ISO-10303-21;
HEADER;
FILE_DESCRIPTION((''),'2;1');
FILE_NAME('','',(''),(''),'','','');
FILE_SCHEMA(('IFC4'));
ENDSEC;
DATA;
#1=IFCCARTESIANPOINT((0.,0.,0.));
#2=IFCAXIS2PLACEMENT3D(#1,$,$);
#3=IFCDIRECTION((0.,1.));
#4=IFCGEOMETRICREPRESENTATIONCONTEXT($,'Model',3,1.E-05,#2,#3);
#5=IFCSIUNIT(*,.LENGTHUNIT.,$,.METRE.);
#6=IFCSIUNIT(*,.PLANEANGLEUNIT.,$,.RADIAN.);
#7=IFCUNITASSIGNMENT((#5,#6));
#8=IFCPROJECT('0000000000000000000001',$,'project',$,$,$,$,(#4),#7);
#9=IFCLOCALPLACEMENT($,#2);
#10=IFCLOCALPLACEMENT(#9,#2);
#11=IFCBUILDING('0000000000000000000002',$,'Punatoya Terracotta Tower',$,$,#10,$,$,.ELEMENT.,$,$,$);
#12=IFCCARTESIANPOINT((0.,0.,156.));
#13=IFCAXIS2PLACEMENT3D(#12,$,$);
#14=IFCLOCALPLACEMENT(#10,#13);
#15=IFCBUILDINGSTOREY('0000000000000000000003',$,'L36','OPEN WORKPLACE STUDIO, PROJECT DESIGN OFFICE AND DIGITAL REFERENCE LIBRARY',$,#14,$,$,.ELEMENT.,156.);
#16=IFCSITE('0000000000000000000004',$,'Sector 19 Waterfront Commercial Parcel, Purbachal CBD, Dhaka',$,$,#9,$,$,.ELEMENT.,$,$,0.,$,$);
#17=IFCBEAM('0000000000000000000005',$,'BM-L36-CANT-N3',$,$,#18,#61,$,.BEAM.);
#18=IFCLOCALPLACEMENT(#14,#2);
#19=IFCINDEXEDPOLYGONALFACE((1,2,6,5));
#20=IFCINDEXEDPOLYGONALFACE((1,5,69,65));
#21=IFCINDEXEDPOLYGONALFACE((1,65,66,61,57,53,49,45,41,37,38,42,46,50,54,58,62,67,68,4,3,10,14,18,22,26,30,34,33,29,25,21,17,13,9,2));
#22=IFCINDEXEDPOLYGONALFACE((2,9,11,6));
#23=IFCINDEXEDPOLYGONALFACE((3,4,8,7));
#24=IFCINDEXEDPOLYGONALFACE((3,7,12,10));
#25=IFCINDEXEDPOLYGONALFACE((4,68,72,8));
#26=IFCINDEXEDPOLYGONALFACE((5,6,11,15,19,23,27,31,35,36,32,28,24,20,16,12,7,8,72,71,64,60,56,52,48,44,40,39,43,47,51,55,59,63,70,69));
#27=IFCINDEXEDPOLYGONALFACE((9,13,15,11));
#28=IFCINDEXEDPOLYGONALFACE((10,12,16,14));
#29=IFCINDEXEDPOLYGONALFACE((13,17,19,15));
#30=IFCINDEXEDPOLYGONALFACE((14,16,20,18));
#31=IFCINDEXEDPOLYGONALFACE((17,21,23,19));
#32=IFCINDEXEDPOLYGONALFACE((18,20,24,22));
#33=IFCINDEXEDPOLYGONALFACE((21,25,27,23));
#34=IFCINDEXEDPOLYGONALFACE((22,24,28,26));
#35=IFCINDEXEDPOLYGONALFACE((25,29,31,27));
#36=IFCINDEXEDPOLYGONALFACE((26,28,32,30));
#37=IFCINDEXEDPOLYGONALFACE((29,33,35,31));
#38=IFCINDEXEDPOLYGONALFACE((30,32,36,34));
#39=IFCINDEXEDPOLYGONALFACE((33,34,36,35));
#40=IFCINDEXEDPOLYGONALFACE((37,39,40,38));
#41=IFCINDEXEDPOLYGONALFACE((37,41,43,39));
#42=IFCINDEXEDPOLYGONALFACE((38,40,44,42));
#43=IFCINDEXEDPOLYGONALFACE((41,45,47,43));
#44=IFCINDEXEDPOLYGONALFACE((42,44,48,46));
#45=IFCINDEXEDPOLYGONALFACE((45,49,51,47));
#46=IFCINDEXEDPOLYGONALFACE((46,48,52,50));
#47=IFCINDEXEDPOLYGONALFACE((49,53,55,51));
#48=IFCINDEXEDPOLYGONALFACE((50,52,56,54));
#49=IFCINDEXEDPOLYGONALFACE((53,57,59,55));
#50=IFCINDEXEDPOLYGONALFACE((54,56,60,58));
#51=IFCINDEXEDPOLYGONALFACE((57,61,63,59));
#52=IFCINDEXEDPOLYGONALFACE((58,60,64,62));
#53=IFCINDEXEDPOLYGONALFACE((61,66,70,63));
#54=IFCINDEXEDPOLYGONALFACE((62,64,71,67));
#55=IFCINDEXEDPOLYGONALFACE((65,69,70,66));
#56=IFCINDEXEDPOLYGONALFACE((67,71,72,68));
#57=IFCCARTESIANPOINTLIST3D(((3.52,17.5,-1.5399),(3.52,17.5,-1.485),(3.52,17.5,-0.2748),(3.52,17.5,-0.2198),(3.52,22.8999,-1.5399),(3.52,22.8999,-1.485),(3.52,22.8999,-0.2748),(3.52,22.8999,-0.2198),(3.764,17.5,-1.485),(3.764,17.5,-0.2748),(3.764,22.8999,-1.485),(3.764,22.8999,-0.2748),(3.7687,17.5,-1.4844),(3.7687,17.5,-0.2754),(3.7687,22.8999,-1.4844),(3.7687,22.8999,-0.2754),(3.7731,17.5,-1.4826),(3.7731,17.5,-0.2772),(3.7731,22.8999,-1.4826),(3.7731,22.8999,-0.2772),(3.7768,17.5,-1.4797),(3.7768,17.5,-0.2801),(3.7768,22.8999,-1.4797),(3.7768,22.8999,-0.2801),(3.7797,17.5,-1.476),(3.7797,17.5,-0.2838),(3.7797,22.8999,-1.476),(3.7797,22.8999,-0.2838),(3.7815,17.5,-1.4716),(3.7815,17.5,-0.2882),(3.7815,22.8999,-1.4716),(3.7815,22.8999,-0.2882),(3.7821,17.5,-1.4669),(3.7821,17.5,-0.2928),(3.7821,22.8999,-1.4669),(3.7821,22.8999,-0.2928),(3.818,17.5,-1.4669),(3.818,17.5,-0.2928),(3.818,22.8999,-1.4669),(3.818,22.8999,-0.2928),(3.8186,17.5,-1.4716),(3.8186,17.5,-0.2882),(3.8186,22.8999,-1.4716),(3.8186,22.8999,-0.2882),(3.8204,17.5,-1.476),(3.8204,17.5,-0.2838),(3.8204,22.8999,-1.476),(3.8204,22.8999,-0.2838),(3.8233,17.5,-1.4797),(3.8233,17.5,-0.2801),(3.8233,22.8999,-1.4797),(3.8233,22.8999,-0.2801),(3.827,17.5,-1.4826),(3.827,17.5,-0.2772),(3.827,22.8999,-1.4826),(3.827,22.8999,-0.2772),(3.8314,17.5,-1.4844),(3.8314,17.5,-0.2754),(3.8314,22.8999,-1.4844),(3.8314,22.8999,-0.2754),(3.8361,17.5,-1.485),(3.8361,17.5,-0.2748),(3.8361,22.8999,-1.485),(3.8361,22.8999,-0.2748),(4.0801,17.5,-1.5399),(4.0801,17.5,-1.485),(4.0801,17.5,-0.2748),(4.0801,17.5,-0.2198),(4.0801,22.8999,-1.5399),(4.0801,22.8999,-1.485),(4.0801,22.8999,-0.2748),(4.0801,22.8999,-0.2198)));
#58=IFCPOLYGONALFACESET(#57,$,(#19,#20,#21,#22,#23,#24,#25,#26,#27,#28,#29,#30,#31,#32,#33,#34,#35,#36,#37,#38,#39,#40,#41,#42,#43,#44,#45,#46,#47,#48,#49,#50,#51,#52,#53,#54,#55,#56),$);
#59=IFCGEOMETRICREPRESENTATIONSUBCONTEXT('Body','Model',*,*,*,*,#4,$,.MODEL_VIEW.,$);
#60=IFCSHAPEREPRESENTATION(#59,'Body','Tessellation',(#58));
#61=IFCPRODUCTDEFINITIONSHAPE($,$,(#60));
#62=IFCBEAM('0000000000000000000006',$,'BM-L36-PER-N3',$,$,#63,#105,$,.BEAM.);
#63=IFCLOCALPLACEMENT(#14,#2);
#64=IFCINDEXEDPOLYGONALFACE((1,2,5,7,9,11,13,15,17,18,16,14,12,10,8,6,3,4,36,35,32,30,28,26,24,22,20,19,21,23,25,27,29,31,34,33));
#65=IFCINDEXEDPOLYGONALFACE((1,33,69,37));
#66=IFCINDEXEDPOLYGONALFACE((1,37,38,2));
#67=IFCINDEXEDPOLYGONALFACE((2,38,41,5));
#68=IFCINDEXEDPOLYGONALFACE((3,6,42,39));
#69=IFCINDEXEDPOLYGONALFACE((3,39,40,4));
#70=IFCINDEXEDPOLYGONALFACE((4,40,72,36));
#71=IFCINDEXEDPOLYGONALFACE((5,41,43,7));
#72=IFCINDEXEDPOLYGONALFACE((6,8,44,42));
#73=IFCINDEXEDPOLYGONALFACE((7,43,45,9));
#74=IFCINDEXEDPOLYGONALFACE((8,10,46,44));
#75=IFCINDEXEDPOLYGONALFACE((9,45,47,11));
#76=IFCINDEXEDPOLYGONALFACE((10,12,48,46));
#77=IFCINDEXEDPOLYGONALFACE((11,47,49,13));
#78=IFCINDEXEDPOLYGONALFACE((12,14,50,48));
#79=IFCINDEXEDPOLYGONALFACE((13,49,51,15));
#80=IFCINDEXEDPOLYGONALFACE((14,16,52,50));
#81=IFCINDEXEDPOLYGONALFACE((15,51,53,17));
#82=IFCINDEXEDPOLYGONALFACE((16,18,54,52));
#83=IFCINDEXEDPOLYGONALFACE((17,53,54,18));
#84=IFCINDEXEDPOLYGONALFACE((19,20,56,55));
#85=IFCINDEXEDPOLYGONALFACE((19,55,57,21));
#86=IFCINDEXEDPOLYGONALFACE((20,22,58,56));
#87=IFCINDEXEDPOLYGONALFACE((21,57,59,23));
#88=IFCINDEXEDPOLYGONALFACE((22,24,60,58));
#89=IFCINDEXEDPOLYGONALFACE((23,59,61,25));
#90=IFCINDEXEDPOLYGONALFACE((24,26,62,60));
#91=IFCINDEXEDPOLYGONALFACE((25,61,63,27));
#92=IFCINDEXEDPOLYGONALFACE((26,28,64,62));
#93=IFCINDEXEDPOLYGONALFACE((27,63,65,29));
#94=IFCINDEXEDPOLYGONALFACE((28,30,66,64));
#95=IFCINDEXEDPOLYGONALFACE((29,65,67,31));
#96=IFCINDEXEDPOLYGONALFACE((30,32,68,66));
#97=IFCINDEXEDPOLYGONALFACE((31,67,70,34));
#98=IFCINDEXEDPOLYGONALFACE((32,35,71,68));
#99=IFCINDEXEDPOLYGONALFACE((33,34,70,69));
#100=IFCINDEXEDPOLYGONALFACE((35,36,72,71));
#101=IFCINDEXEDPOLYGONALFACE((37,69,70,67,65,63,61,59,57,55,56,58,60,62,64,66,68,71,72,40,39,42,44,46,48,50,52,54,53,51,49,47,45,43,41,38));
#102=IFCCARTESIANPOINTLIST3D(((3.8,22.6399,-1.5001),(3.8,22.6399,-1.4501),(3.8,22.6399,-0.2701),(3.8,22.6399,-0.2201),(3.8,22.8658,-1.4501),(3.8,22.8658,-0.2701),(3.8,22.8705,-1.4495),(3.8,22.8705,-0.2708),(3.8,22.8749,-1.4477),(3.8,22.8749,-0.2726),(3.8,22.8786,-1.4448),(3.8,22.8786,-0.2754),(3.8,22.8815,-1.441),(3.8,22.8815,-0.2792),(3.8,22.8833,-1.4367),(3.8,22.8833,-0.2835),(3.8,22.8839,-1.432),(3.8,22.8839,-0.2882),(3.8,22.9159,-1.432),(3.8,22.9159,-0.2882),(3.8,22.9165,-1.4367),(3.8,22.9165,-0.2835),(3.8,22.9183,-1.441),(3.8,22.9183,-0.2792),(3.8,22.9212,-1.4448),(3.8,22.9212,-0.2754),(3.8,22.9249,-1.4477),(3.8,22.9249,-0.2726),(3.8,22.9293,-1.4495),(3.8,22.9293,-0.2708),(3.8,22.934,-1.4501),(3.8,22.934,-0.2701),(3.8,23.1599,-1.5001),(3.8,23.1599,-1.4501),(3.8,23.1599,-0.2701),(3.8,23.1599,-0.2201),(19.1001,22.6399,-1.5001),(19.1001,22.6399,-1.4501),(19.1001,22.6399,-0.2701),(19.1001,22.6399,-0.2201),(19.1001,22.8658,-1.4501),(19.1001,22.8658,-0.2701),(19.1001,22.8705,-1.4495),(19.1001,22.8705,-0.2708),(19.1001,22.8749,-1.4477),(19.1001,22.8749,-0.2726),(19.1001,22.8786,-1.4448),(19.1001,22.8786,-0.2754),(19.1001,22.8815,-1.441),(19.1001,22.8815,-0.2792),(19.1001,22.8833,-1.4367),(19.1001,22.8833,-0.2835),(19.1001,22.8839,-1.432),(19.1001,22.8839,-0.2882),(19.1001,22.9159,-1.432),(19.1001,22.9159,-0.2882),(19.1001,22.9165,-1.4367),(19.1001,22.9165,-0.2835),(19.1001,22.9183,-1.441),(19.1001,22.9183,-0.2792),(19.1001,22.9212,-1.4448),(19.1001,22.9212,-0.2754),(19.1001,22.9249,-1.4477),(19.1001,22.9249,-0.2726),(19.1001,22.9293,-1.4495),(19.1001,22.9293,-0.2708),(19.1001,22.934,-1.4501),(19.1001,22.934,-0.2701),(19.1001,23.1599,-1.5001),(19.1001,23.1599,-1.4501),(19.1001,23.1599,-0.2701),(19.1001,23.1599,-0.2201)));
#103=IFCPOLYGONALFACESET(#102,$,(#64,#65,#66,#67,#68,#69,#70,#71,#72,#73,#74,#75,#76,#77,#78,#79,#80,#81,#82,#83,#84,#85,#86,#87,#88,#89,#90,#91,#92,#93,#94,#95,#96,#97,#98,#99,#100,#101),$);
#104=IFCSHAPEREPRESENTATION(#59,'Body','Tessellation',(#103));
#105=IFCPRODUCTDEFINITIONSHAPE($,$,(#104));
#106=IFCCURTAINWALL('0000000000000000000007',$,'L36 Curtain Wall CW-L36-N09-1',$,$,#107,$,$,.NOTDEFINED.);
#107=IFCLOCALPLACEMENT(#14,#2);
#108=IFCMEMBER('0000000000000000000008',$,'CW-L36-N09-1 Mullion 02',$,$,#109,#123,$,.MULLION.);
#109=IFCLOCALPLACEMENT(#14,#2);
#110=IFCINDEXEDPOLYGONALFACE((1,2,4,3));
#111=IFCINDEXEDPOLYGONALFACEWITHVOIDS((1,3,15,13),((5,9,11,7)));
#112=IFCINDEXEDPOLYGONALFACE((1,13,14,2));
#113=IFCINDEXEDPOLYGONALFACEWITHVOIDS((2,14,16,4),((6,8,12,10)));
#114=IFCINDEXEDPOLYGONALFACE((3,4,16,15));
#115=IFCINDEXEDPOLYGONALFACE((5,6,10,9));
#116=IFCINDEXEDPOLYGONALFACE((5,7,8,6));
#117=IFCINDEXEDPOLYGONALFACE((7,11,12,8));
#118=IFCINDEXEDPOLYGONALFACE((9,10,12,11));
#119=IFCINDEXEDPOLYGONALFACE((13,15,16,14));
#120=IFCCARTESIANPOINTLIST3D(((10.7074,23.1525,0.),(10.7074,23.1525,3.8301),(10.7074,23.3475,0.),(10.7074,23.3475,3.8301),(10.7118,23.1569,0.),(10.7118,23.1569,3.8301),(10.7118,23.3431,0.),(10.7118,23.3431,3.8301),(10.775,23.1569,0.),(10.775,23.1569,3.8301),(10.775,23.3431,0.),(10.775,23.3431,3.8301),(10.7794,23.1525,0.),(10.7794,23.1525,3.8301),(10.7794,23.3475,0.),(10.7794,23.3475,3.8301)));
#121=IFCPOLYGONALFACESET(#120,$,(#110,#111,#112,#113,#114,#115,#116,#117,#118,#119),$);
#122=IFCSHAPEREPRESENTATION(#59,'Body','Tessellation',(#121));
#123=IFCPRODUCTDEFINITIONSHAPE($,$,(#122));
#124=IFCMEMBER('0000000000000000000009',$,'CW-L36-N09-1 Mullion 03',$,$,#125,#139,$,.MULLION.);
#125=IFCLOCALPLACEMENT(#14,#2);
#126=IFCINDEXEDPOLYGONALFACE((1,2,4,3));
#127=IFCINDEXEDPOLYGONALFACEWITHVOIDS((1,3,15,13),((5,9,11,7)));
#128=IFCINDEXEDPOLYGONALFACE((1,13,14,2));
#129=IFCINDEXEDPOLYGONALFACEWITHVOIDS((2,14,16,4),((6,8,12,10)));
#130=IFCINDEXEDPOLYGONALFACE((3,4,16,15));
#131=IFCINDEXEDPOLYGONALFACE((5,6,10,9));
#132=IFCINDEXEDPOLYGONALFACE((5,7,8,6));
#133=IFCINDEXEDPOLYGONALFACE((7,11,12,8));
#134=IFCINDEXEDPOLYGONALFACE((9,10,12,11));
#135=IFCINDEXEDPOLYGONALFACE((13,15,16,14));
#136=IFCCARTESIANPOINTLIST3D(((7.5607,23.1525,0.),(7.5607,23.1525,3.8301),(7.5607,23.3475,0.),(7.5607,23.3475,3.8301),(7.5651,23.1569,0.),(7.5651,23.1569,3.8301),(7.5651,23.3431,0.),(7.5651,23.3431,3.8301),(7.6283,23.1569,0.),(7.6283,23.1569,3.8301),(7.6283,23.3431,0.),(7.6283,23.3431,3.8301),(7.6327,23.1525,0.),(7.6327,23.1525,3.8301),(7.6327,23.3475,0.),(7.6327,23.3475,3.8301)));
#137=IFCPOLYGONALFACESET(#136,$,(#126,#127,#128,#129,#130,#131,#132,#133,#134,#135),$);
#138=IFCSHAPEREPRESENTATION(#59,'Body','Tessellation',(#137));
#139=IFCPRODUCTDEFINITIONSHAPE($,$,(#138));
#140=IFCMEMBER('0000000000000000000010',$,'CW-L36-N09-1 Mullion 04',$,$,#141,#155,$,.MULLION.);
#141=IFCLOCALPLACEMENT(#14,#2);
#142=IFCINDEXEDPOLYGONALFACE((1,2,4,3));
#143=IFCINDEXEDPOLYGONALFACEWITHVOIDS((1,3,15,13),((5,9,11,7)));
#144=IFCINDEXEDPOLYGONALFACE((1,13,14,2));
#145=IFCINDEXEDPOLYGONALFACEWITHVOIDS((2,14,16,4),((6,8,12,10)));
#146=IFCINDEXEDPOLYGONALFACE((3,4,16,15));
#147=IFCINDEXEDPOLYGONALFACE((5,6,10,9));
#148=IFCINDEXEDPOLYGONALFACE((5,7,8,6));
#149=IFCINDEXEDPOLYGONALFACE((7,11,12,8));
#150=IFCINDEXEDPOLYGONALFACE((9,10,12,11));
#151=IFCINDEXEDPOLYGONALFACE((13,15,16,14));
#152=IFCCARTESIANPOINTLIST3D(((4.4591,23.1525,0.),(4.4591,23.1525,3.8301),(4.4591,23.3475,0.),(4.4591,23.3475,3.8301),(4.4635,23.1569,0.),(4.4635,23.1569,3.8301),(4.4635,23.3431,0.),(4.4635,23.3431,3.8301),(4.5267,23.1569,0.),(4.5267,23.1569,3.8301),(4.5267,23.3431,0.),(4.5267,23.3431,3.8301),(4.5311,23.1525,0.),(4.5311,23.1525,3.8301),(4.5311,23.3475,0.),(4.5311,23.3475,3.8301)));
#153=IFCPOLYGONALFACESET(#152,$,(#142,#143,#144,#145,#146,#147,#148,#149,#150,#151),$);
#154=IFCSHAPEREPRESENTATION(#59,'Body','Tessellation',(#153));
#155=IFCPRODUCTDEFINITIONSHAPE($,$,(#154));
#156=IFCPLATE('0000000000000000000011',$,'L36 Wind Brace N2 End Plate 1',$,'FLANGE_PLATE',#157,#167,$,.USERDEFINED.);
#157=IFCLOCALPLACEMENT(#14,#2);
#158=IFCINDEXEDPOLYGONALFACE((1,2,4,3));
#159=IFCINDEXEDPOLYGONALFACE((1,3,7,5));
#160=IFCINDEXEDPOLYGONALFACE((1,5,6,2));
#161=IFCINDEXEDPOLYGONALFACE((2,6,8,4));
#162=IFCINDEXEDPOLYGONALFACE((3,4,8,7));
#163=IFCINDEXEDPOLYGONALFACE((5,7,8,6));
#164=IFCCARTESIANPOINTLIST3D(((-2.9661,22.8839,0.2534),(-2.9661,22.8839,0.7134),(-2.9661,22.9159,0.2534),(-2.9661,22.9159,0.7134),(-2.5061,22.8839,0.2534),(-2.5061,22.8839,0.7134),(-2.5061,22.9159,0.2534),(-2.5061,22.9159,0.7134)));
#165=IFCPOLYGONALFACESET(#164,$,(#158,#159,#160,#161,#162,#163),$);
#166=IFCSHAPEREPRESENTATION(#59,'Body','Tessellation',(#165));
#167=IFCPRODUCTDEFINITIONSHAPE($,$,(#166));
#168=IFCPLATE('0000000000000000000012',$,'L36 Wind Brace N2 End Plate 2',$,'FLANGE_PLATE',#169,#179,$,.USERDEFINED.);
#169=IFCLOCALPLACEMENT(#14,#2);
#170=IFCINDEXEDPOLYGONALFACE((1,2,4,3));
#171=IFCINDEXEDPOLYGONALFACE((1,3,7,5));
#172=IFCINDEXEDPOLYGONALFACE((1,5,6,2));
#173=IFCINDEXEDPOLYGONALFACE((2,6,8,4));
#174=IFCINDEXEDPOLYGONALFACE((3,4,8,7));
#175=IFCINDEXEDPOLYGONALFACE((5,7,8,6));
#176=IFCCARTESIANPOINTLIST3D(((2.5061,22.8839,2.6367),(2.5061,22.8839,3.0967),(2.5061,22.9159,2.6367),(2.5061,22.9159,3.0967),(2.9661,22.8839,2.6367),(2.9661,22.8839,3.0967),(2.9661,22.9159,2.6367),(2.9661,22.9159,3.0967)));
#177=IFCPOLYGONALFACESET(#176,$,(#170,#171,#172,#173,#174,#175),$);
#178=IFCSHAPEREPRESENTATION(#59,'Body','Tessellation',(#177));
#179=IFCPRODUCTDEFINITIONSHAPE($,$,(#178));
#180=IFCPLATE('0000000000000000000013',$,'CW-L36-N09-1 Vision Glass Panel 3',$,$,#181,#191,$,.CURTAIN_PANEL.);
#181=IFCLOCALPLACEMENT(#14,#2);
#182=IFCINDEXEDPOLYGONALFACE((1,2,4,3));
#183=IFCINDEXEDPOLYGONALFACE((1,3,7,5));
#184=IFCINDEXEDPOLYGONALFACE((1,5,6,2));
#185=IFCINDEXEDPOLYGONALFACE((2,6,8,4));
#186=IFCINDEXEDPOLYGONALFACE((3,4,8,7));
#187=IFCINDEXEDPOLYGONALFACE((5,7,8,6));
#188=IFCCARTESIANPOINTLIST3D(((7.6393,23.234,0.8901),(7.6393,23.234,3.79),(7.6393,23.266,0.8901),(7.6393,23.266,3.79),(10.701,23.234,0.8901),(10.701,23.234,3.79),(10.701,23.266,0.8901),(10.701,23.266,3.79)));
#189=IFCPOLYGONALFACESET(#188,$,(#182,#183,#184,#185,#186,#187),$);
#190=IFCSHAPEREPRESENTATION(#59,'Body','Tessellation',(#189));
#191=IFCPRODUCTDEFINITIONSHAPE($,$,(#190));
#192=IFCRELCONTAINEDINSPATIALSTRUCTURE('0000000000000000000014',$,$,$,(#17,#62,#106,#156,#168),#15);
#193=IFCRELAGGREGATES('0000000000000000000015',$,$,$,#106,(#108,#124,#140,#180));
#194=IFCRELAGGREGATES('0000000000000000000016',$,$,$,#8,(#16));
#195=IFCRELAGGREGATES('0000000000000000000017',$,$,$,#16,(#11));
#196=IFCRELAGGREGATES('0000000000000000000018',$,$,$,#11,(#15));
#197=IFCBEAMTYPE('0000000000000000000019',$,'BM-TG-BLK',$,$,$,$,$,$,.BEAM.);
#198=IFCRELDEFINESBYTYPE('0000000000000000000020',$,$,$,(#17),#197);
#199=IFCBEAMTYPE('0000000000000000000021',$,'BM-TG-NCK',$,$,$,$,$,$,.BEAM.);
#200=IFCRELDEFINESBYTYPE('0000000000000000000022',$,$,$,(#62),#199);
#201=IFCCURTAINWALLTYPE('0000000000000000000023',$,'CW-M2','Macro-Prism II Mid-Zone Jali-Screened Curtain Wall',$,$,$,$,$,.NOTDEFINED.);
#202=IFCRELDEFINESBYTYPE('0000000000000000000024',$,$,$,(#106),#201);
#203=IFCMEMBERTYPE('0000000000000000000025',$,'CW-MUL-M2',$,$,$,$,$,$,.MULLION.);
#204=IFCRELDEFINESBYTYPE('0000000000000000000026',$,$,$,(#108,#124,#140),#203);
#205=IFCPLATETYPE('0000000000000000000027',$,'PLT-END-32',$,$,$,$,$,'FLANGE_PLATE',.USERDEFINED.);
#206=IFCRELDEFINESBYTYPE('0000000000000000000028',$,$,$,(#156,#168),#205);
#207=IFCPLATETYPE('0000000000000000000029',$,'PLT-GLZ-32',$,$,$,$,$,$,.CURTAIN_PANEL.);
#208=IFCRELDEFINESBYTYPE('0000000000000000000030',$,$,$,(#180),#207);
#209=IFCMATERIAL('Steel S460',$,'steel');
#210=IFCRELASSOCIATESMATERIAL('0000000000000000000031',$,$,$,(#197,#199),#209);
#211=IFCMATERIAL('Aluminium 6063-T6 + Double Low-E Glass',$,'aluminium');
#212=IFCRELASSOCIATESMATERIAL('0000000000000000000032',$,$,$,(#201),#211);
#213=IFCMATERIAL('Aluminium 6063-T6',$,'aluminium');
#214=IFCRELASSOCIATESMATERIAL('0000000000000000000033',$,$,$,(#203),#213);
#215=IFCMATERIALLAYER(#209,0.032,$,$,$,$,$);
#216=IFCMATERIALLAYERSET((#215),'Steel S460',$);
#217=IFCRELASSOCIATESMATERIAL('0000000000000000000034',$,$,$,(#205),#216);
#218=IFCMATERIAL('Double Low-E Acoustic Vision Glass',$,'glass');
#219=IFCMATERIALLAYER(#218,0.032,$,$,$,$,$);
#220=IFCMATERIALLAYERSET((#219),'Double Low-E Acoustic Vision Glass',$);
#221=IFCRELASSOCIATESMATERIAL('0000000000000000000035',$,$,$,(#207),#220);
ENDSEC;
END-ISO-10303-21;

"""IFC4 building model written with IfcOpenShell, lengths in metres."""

from ifc_helpers import new_model, si_unit, direction, frame, origin, origin_2d, place, context, subcontext, project, spatial, rectangle, hollow_rectangle, i_section, extrude, material, layer, layer_set, material_profile, profile_set, type_object, element, aggregate, save


model = new_model("IFC4")

# Units and contexts
model_context = context("Model", 3, precision=1e-05, world=origin(), true_north=direction((0.0, 1.0)))
body_context = subcontext(model_context, "Body", "Model", "MODEL_VIEW")
ifc_project = project(units=[si_unit("LENGTHUNIT", "METRE"), si_unit("PLANEANGLEUNIT", "RADIAN")], contexts=[model_context])

# Site, building, storey
site_placement = place(None, origin())
site = spatial("IfcSite", under=ifc_project, at=site_placement, Name="Sector 19 Waterfront Commercial Parcel, Purbachal CBD, Dhaka", CompositionType="ELEMENT", RefElevation=0.0)
building_placement = place(site_placement, origin())
building = spatial("IfcBuilding", under=site, at=building_placement, Name="Punatoya Terracotta Tower", CompositionType="ELEMENT")
storey_placement = place(building_placement, frame((0.0, 0.0, 156.0)))
storey = spatial("IfcBuildingStorey", under=building, at=storey_placement, Name="L36", Description="OPEN WORKPLACE STUDIO, PROJECT DESIGN OFFICE AND DIGITAL REFERENCE LIBRARY", CompositionType="ELEMENT", Elevation=156.0)

# Shared definitions
ifc_material_1 = material(Name="Steel S460", Category="steel")

# Beams
ifc_material_profile_1 = material_profile(ifc_material_1, i_section(OverallWidth=0.5601, OverallDepth=1.3201, WebThickness=0.0359, FlangeThickness=0.0549, FilletRadius=0.0181, at=origin_2d()))
ifc_profile_set_1 = profile_set([ifc_material_profile_1], Name="Steel S460")
beam_type_1 = type_object("IfcBeamType", Name="BM-TG-BLK", PredefinedType="BEAM", material=ifc_profile_set_1)
beam_1_placement = place(storey_placement, frame((3.8, 17.5, -0.8799), z_axis=(0.0, 1.0, 0.0), x_axis=(-1.0, 0.0, 0.0)))
element("IfcBeam", 1, at=beam_1_placement, inside=storey, type_object=beam_type_1, Name="BM-L36-CANT-N3", PredefinedType="BEAM", context=body_context, shape_type="SweptSolid", body=[
    extrude(i_section(OverallWidth=0.5601, OverallDepth=1.3201, WebThickness=0.0359, FlangeThickness=0.0549, FilletRadius=0.0181, at=origin_2d()), origin(), (0.0, 0.0, 1.0), 5.3999),
])
ifc_material_profile_2 = material_profile(ifc_material_1, i_section(OverallWidth=0.52, OverallDepth=1.28, WebThickness=0.032, FlangeThickness=0.05, FilletRadius=0.0181, at=origin_2d()))
ifc_profile_set_2 = profile_set([ifc_material_profile_2], Name="Steel S460")
beam_type_2 = type_object("IfcBeamType", Name="BM-TG-NCK", PredefinedType="BEAM", material=ifc_profile_set_2)
beam_2_placement = place(storey_placement, frame((3.8, 22.8999, -0.8601), z_axis=(1.0, 0.0, 0.0), x_axis=(0.0, 1.0, 0.0)))
element("IfcBeam", 2, at=beam_2_placement, inside=storey, type_object=beam_type_2, Name="BM-L36-PER-N3", PredefinedType="BEAM", context=body_context, shape_type="SweptSolid", body=[
    extrude(i_section(OverallWidth=0.52, OverallDepth=1.28, WebThickness=0.032, FlangeThickness=0.05, FilletRadius=0.0181, at=origin_2d()), origin(), (0.0, 0.0, 1.0), 15.3),
])

# Curtain wall, members
ifc_material_2 = material(Name="Aluminium 6063-T6 + Double Low-E Glass", Category="aluminium")
curtain_wall_type = type_object("IfcCurtainWallType", Name="CW-M2", Description="Macro-Prism II Mid-Zone Jali-Screened Curtain Wall", PredefinedType="NOTDEFINED", material=ifc_material_2)
curtain_wall_placement = place(storey_placement, origin())
curtain_wall = element("IfcCurtainWall", 3, at=curtain_wall_placement, inside=storey, type_object=curtain_wall_type, Name="L36 Curtain Wall CW-L36-N09-1", PredefinedType="NOTDEFINED")
ifc_material_3 = material(Name="Aluminium 6063-T6", Category="aluminium")
ifc_material_profile_3 = material_profile(ifc_material_3, hollow_rectangle(XDim=0.072, YDim=0.1951, WallThickness=0.0044, at=origin_2d()))
ifc_profile_set_3 = profile_set([ifc_material_profile_3], Name="Aluminium 6063-T6")
member_type = type_object("IfcMemberType", Name="CW-MUL-M2", PredefinedType="MULLION", material=ifc_profile_set_3)
member_1_placement = place(storey_placement, frame((10.7434, 23.25, 0.0), z_axis=(0.0, 0.0, 1.0), x_axis=(1.0, 0.0, 0.0)))
member_1 = element("IfcMember", 4, at=member_1_placement, type_object=member_type, Name="CW-L36-N09-1 Mullion 02", PredefinedType="MULLION", context=body_context, shape_type="SweptSolid", body=[
    extrude(hollow_rectangle(XDim=0.072, YDim=0.1951, WallThickness=0.0044, at=origin_2d()), origin(), (0.0, 0.0, 1.0), 3.8301),
])
member_2_placement = place(storey_placement, frame((7.5967, 23.25, 0.0), z_axis=(0.0, 0.0, 1.0), x_axis=(1.0, 0.0, 0.0)))
member_2 = element("IfcMember", 5, at=member_2_placement, type_object=member_type, Name="CW-L36-N09-1 Mullion 03", PredefinedType="MULLION", context=body_context, shape_type="SweptSolid", body=[
    extrude(hollow_rectangle(XDim=0.072, YDim=0.1951, WallThickness=0.0044, at=origin_2d()), origin(), (0.0, 0.0, 1.0), 3.8301),
])
member_3_placement = place(storey_placement, frame((4.4951, 23.25, 0.0), z_axis=(0.0, 0.0, 1.0), x_axis=(1.0, 0.0, 0.0)))
member_3 = element("IfcMember", 6, at=member_3_placement, type_object=member_type, Name="CW-L36-N09-1 Mullion 04", PredefinedType="MULLION", context=body_context, shape_type="SweptSolid", body=[
    extrude(hollow_rectangle(XDim=0.072, YDim=0.1951, WallThickness=0.0044, at=origin_2d()), origin(), (0.0, 0.0, 1.0), 3.8301),
])

# Plates
ifc_layer_1 = layer(ifc_material_1, 0.032)
ifc_layer_set_1 = layer_set([ifc_layer_1], Name="Steel S460")
plate_type_1 = type_object("IfcPlateType", Name="PLT-END-32", ElementType="FLANGE_PLATE", PredefinedType="USERDEFINED", material=ifc_layer_set_1)
for number, where, z_axis, x_axis, name in (
    (7, (-2.7361, 22.8999, 0.2534), (0.0, 0.0, 1.0), (1.0, 0.0, 0.0), "L36 Wind Brace N2 End Plate 1"),
    (8, (2.7361, 22.8999, 2.6367), (0.0, 0.0, 1.0), (1.0, 0.0, 0.0), "L36 Wind Brace N2 End Plate 2"),
):
    element("IfcPlate", number, at=place(storey_placement, frame(where, z_axis=z_axis, x_axis=x_axis)), inside=storey, type_object=plate_type_1, Name=name, ObjectType="FLANGE_PLATE", PredefinedType="USERDEFINED", context=body_context, shape_type="SweptSolid", body=[
        extrude(rectangle(XDim=0.46, YDim=0.032, at=origin_2d()), origin(), (0.0, 0.0, 1.0), 0.46),
    ])

# Plate
ifc_material_4 = material(Name="Double Low-E Acoustic Vision Glass", Category="glass")
ifc_layer_2 = layer(ifc_material_4, 0.032)
ifc_layer_set_2 = layer_set([ifc_layer_2], Name="Double Low-E Acoustic Vision Glass")
plate_type_2 = type_object("IfcPlateType", Name="PLT-GLZ-32", PredefinedType="CURTAIN_PANEL", material=ifc_layer_set_2)
plate_1_placement = place(storey_placement, frame((9.1702, 23.25, 0.8901), z_axis=(0.0, 0.0, 1.0), x_axis=(-1.0, 0.0, 0.0)))
plate_1 = element("IfcPlate", 9, at=plate_1_placement, type_object=plate_type_2, Name="CW-L36-N09-1 Vision Glass Panel 3", PredefinedType="CURTAIN_PANEL", context=body_context, shape_type="SweptSolid", body=[
    extrude(rectangle(XDim=3.0618, YDim=0.032, at=origin_2d()), origin(), (0.0, 0.0, 1.0), 2.8999),
])
aggregate(curtain_wall, [member_1, member_2, member_3, plate_1])

save(model, "model.ifc")
